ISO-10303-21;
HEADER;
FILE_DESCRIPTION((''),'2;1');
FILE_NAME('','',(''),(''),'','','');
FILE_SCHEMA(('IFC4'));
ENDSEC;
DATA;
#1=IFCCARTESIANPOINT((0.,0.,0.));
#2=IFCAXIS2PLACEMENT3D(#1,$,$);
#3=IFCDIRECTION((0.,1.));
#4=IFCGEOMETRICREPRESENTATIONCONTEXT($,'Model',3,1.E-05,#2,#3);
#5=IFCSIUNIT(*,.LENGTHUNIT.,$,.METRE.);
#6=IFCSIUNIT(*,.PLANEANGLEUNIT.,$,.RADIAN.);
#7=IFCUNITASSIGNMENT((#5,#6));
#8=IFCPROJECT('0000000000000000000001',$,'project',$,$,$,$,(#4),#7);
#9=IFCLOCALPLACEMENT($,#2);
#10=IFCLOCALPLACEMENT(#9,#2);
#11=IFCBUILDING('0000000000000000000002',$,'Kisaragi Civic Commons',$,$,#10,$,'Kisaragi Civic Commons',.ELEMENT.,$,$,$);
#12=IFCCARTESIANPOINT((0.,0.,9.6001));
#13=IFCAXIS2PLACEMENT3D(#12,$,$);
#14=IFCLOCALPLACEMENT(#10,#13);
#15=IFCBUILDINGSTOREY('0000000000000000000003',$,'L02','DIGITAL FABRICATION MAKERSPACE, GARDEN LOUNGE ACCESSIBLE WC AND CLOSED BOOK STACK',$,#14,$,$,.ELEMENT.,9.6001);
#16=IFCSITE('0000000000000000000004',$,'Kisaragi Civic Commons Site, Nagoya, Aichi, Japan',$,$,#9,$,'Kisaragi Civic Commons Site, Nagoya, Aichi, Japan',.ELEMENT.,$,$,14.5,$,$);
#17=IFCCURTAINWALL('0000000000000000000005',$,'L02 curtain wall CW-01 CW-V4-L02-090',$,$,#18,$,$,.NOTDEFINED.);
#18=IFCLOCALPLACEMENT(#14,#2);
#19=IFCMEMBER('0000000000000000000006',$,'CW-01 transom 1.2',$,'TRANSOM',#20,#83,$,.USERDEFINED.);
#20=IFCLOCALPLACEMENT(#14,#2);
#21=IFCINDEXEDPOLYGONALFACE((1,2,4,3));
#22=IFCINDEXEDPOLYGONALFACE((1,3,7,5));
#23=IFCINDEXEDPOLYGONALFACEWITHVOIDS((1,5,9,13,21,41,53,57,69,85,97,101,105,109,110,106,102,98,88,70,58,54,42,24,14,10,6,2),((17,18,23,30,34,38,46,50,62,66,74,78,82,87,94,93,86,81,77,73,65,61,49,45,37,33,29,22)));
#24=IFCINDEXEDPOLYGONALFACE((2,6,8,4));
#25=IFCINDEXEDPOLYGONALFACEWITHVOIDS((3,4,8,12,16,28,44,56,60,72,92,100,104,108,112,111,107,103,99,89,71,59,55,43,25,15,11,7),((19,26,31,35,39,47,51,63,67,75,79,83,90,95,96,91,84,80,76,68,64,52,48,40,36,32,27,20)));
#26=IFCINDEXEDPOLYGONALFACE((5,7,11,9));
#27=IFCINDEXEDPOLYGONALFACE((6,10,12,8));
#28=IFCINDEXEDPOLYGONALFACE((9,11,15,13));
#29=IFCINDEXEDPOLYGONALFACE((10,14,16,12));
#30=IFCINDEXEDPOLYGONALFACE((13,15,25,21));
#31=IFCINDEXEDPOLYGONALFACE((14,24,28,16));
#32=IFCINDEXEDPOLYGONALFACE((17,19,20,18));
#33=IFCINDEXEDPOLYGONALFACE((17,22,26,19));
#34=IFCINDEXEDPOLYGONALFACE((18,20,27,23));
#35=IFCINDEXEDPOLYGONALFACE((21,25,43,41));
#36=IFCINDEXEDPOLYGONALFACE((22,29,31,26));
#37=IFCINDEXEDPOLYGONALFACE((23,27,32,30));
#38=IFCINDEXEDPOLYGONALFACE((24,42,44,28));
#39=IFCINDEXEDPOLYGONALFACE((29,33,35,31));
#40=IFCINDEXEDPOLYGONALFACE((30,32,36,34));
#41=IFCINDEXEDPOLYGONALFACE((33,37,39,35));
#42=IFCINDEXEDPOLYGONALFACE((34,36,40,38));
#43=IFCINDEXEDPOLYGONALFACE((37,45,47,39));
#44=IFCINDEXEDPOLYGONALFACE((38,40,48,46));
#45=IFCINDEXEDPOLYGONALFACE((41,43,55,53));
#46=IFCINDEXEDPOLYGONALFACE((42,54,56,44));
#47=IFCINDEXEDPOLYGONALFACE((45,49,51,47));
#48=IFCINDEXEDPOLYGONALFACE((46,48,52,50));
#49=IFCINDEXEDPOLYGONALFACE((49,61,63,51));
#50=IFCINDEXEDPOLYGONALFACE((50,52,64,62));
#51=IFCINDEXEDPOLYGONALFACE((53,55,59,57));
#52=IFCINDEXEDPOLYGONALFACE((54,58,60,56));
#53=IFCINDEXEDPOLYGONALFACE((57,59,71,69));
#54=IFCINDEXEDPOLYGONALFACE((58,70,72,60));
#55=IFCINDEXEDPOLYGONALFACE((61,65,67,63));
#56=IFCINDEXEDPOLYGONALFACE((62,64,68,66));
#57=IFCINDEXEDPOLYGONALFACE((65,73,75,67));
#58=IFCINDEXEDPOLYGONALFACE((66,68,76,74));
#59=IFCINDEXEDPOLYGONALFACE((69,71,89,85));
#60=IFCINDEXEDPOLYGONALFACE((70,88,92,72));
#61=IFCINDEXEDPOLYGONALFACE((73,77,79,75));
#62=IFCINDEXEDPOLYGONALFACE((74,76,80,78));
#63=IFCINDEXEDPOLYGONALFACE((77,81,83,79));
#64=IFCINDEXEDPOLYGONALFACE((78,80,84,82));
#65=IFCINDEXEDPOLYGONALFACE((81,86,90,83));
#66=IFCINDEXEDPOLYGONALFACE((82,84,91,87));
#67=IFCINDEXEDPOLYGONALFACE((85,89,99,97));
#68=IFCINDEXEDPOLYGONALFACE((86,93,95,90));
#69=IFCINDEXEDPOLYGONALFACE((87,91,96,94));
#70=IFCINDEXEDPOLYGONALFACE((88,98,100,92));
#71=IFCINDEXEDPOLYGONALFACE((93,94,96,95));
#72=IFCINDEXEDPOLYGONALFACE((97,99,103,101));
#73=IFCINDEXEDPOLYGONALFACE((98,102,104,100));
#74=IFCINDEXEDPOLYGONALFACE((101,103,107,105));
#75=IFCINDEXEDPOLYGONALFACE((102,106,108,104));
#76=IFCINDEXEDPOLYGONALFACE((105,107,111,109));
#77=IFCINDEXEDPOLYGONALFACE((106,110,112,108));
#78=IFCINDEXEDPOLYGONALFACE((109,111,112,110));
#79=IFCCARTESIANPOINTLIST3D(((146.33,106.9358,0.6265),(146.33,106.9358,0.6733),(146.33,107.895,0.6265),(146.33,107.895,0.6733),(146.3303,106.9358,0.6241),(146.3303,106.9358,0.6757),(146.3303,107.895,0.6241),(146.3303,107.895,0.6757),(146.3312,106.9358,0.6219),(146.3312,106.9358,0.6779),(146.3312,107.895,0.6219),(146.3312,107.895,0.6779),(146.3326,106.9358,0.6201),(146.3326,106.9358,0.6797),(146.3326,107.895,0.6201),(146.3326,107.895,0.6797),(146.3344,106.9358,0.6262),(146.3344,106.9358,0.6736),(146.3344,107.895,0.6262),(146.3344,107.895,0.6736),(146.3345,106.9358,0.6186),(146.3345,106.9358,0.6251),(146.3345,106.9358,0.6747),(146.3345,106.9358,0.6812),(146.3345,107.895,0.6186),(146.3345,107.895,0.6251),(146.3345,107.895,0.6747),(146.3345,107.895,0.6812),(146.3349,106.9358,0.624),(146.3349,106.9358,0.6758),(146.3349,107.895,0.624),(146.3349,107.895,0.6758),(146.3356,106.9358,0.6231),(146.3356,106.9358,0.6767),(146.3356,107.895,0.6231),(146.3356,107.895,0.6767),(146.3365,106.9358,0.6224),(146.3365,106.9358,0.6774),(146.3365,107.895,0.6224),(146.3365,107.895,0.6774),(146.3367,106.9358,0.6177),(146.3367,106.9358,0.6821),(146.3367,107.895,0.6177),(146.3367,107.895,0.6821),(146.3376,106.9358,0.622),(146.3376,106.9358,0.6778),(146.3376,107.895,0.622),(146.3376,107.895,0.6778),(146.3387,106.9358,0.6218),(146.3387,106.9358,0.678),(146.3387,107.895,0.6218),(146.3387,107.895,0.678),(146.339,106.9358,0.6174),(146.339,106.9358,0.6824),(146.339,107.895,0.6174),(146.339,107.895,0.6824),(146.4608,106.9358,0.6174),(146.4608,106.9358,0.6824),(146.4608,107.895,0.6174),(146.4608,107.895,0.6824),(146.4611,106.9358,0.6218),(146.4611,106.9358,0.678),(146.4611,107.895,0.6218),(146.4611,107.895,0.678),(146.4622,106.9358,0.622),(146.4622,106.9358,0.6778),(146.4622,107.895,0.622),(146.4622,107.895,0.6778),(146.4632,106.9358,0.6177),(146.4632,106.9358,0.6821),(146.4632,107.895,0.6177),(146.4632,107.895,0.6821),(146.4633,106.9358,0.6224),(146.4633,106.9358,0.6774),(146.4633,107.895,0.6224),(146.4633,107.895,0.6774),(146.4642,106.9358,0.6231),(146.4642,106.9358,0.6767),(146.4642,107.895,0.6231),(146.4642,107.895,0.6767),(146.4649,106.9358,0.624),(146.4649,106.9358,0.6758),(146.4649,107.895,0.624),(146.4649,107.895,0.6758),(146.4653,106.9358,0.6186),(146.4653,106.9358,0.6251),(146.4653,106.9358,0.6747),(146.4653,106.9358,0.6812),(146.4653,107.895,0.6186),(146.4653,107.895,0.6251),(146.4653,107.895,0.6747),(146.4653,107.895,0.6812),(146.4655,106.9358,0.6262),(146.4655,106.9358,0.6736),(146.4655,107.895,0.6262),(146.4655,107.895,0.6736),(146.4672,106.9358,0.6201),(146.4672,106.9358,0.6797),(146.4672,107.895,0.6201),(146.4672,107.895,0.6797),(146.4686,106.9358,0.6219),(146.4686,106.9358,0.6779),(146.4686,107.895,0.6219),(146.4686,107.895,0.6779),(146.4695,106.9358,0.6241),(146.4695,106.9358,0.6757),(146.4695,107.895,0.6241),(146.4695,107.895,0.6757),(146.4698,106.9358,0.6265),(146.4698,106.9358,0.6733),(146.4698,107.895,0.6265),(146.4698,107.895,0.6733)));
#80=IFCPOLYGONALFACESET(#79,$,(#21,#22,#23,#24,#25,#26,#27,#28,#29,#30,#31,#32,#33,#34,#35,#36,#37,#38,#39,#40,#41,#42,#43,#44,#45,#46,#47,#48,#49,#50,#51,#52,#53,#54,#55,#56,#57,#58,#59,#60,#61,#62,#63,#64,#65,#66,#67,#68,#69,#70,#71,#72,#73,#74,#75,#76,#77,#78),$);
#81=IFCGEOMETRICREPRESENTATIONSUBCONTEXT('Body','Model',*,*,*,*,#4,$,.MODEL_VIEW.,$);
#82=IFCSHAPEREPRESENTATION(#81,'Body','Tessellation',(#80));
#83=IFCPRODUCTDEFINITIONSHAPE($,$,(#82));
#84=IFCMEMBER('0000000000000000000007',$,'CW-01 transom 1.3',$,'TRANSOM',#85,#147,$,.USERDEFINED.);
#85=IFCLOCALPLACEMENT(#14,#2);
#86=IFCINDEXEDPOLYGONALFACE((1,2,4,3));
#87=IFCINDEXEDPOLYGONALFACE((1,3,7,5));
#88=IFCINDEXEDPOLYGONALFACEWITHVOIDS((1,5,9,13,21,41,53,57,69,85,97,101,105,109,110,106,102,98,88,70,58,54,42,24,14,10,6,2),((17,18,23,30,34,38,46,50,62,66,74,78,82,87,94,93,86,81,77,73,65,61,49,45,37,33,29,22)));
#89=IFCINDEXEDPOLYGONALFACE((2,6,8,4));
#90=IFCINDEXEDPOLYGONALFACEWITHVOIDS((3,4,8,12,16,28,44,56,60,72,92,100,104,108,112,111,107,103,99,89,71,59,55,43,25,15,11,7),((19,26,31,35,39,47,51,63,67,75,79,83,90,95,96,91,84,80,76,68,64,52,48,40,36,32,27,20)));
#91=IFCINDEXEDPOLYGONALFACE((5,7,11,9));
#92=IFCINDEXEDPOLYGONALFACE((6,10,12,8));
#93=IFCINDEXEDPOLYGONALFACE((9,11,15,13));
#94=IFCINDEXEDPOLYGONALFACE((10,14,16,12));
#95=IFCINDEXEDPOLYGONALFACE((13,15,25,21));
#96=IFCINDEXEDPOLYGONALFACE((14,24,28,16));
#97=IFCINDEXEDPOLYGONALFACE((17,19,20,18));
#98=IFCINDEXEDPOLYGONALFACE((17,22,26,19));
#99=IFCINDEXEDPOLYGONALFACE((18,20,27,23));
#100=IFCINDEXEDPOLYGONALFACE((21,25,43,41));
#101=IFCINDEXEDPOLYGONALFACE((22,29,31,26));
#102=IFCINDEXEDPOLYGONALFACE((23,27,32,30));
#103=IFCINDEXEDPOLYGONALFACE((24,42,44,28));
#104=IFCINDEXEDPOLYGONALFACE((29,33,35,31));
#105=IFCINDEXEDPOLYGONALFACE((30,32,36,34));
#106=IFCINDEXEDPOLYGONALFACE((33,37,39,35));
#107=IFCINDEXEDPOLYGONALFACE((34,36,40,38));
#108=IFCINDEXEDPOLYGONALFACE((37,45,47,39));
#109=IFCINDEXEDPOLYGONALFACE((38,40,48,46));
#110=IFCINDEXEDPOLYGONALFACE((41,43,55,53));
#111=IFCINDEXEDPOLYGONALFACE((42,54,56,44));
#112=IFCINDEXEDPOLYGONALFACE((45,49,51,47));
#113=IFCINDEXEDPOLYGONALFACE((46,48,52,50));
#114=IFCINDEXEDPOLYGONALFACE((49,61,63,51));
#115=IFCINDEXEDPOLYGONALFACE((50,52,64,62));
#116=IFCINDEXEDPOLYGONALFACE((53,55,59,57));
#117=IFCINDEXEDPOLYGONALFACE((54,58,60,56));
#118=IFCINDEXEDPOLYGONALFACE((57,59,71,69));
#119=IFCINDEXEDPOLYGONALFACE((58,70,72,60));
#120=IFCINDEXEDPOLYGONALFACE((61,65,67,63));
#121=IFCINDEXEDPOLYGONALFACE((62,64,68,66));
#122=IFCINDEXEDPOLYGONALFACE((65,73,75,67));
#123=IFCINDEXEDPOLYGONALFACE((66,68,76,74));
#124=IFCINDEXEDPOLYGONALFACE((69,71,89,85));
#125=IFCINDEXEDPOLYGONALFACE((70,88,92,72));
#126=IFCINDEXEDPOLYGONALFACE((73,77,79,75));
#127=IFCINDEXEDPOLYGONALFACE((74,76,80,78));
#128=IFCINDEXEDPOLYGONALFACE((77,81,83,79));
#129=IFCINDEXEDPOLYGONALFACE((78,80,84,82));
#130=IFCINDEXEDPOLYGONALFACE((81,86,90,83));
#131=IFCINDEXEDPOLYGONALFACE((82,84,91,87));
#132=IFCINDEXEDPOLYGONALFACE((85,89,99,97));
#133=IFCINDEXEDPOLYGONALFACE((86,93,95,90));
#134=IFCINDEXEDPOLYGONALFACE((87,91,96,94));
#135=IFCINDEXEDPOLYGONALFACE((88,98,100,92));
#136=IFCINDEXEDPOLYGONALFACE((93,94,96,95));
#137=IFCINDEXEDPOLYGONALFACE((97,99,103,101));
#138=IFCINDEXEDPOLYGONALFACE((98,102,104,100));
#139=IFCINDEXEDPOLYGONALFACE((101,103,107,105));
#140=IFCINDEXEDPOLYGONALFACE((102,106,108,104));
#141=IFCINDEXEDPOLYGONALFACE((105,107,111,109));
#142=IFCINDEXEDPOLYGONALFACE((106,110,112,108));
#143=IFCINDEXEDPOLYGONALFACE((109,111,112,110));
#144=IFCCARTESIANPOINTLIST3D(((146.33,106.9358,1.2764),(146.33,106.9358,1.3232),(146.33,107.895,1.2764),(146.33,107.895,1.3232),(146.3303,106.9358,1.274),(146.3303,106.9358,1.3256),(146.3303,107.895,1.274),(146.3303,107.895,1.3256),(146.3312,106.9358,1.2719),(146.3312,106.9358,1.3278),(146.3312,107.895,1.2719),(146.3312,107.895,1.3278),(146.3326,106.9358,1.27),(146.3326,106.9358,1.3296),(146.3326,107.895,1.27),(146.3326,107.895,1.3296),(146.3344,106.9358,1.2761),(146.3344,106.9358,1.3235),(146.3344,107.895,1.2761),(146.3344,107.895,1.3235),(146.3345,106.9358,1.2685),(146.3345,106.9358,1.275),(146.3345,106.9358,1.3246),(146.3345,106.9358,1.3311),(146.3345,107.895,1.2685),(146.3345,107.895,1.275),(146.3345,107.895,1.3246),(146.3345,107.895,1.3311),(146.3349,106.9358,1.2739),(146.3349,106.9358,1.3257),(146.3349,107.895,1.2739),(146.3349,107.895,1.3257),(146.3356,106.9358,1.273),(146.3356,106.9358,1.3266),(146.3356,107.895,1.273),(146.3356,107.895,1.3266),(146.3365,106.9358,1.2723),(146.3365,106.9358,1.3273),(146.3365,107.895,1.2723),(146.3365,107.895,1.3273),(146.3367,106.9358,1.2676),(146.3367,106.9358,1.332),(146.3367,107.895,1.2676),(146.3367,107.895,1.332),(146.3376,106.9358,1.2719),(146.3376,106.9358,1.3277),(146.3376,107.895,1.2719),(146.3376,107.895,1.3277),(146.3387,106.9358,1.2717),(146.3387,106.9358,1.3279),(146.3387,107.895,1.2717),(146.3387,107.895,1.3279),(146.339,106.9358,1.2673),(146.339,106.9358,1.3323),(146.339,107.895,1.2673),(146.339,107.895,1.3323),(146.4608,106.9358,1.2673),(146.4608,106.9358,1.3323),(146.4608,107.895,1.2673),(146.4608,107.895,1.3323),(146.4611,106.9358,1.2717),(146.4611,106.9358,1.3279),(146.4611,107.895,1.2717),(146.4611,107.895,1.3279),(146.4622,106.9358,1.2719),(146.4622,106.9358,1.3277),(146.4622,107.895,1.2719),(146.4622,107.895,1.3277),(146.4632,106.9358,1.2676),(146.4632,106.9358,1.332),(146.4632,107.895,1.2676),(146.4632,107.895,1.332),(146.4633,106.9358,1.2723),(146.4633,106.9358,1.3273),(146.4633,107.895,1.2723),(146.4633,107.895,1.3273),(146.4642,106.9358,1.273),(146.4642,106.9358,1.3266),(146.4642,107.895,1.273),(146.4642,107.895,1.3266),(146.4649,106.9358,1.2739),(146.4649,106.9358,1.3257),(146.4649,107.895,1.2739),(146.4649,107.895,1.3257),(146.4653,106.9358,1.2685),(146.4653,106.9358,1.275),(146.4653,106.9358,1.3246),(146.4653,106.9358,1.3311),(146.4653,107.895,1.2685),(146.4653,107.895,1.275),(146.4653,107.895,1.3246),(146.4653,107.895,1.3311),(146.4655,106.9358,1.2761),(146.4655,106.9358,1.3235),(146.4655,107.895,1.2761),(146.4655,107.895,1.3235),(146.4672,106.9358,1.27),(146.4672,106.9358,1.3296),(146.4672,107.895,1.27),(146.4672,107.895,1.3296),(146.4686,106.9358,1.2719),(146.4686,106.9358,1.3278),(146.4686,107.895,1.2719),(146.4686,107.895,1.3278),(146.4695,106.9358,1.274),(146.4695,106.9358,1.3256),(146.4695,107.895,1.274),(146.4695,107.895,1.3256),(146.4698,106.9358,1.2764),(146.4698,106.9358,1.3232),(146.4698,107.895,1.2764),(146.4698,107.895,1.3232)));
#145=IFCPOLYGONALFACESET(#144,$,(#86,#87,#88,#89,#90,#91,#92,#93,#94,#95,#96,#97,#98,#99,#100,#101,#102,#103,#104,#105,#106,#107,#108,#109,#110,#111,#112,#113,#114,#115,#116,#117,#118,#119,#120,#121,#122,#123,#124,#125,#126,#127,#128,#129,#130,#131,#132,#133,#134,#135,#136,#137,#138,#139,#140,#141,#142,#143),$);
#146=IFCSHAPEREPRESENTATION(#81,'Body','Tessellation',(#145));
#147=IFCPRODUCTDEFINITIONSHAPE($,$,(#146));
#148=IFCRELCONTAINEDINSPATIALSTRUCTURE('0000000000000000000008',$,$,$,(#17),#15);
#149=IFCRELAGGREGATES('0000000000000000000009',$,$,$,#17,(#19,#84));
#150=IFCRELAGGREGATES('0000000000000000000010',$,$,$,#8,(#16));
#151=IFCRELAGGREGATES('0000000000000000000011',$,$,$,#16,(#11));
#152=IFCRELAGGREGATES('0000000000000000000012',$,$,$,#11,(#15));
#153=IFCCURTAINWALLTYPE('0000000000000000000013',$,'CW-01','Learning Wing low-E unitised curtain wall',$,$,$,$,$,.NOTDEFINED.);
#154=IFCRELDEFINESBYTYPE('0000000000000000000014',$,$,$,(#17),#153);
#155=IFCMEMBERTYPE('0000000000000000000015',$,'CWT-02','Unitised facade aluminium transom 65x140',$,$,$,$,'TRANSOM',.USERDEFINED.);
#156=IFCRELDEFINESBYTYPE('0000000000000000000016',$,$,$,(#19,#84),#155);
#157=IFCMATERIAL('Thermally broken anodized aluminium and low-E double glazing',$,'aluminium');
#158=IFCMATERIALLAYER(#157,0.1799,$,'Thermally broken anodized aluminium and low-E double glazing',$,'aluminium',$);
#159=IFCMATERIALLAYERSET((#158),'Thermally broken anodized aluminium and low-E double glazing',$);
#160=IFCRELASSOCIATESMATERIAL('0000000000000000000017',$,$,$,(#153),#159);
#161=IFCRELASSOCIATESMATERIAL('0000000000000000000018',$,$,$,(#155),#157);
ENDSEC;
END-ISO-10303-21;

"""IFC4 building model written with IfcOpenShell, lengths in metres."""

from ifc_helpers import new_model, si_unit, direction, frame, origin, origin_2d, place, context, subcontext, project, spatial, hollow_rectangle, extrude, material, layer, layer_set, material_profile, profile_set, type_object, element, aggregate, save


model = new_model("IFC4")

# Units and contexts
model_context = context("Model", 3, precision=1e-05, world=origin(), true_north=direction((0.0, 1.0)))
body_context = subcontext(model_context, "Body", "Model", "MODEL_VIEW")
ifc_project = project(units=[si_unit("LENGTHUNIT", "METRE"), si_unit("PLANEANGLEUNIT", "RADIAN")], contexts=[model_context])

# Site, building, storey
site_placement = place(None, origin())
site = spatial("IfcSite", under=ifc_project, at=site_placement, Name="Kisaragi Civic Commons Site, Nagoya, Aichi, Japan", LongName="Kisaragi Civic Commons Site, Nagoya, Aichi, Japan", CompositionType="ELEMENT", RefElevation=14.5)
building_placement = place(site_placement, origin())
building = spatial("IfcBuilding", under=site, at=building_placement, Name="Kisaragi Civic Commons", LongName="Kisaragi Civic Commons", CompositionType="ELEMENT")
storey_placement = place(building_placement, frame((0.0, 0.0, 9.6001)))
storey = spatial("IfcBuildingStorey", under=building, at=storey_placement, Name="L02", Description="DIGITAL FABRICATION MAKERSPACE, GARDEN LOUNGE ACCESSIBLE WC AND CLOSED BOOK STACK", CompositionType="ELEMENT", Elevation=9.6001)

# Shared definitions
ifc_material_1 = material(Name="Thermally broken anodized aluminium and low-E double glazing", Category="aluminium")
ifc_layer_1 = layer(ifc_material_1, 0.1799, Name="Thermally broken anodized aluminium and low-E double glazing", Category="aluminium")
ifc_layer_set_1 = layer_set([ifc_layer_1], Name="Thermally broken anodized aluminium and low-E double glazing")
curtain_wall_type = type_object("IfcCurtainWallType", Name="CW-01", Description="Learning Wing low-E unitised curtain wall", PredefinedType="NOTDEFINED", material=ifc_layer_set_1)

# Curtain wall, members
curtain_wall_1_placement = place(storey_placement, origin())
curtain_wall_1 = element("IfcCurtainWall", 1, at=curtain_wall_1_placement, inside=storey, type_object=curtain_wall_type, Name="L02 curtain wall CW-01 CW-V4-L02-090", PredefinedType="NOTDEFINED")
ifc_material_profile_1 = material_profile(ifc_material_1, hollow_rectangle(XDim=0.1399, YDim=0.0649, WallThickness=0.0044, InnerFilletRadius=0.0044, OuterFilletRadius=0.009, at=origin_2d()), Name="CWT-65x140x4.5", Category="aluminium")
ifc_profile_set_1 = profile_set([ifc_material_profile_1], Name="Thermally broken anodized aluminium and low-E double glazing")
member_type_1 = type_object("IfcMemberType", Name="CWT-02", Description="Unitised facade aluminium transom 65x140", ElementType="TRANSOM", PredefinedType="USERDEFINED", material=ifc_profile_set_1)
member_1_placement = place(storey_placement, frame((146.3999, 107.895, 0.6499), z_axis=(0.0, -1.0, 0.0), x_axis=(1.0, 0.0, 0.0)))
member_1 = element("IfcMember", 2, at=member_1_placement, type_object=member_type_1, Name="CW-01 transom 1.2", ObjectType="TRANSOM", PredefinedType="USERDEFINED", context=body_context, shape_type="SweptSolid", body=[
    extrude(hollow_rectangle(XDim=0.1399, YDim=0.0649, WallThickness=0.0044, InnerFilletRadius=0.0044, OuterFilletRadius=0.009, at=origin_2d()), origin(), (0.0, 0.0, 1.0), 0.9592),
])
member_2_placement = place(storey_placement, frame((146.3999, 107.895, 1.2998), z_axis=(0.0, -1.0, 0.0), x_axis=(1.0, 0.0, 0.0)))
member_2 = element("IfcMember", 3, at=member_2_placement, type_object=member_type_1, Name="CW-01 transom 1.3", ObjectType="TRANSOM", PredefinedType="USERDEFINED", context=body_context, shape_type="SweptSolid", body=[
    extrude(hollow_rectangle(XDim=0.1399, YDim=0.0649, WallThickness=0.0044, InnerFilletRadius=0.0044, OuterFilletRadius=0.009, at=origin_2d()), origin(), (0.0, 0.0, 1.0), 0.9592),
])

aggregate(curtain_wall_1, [member_1, member_2])

save(model, "model.ifc")
